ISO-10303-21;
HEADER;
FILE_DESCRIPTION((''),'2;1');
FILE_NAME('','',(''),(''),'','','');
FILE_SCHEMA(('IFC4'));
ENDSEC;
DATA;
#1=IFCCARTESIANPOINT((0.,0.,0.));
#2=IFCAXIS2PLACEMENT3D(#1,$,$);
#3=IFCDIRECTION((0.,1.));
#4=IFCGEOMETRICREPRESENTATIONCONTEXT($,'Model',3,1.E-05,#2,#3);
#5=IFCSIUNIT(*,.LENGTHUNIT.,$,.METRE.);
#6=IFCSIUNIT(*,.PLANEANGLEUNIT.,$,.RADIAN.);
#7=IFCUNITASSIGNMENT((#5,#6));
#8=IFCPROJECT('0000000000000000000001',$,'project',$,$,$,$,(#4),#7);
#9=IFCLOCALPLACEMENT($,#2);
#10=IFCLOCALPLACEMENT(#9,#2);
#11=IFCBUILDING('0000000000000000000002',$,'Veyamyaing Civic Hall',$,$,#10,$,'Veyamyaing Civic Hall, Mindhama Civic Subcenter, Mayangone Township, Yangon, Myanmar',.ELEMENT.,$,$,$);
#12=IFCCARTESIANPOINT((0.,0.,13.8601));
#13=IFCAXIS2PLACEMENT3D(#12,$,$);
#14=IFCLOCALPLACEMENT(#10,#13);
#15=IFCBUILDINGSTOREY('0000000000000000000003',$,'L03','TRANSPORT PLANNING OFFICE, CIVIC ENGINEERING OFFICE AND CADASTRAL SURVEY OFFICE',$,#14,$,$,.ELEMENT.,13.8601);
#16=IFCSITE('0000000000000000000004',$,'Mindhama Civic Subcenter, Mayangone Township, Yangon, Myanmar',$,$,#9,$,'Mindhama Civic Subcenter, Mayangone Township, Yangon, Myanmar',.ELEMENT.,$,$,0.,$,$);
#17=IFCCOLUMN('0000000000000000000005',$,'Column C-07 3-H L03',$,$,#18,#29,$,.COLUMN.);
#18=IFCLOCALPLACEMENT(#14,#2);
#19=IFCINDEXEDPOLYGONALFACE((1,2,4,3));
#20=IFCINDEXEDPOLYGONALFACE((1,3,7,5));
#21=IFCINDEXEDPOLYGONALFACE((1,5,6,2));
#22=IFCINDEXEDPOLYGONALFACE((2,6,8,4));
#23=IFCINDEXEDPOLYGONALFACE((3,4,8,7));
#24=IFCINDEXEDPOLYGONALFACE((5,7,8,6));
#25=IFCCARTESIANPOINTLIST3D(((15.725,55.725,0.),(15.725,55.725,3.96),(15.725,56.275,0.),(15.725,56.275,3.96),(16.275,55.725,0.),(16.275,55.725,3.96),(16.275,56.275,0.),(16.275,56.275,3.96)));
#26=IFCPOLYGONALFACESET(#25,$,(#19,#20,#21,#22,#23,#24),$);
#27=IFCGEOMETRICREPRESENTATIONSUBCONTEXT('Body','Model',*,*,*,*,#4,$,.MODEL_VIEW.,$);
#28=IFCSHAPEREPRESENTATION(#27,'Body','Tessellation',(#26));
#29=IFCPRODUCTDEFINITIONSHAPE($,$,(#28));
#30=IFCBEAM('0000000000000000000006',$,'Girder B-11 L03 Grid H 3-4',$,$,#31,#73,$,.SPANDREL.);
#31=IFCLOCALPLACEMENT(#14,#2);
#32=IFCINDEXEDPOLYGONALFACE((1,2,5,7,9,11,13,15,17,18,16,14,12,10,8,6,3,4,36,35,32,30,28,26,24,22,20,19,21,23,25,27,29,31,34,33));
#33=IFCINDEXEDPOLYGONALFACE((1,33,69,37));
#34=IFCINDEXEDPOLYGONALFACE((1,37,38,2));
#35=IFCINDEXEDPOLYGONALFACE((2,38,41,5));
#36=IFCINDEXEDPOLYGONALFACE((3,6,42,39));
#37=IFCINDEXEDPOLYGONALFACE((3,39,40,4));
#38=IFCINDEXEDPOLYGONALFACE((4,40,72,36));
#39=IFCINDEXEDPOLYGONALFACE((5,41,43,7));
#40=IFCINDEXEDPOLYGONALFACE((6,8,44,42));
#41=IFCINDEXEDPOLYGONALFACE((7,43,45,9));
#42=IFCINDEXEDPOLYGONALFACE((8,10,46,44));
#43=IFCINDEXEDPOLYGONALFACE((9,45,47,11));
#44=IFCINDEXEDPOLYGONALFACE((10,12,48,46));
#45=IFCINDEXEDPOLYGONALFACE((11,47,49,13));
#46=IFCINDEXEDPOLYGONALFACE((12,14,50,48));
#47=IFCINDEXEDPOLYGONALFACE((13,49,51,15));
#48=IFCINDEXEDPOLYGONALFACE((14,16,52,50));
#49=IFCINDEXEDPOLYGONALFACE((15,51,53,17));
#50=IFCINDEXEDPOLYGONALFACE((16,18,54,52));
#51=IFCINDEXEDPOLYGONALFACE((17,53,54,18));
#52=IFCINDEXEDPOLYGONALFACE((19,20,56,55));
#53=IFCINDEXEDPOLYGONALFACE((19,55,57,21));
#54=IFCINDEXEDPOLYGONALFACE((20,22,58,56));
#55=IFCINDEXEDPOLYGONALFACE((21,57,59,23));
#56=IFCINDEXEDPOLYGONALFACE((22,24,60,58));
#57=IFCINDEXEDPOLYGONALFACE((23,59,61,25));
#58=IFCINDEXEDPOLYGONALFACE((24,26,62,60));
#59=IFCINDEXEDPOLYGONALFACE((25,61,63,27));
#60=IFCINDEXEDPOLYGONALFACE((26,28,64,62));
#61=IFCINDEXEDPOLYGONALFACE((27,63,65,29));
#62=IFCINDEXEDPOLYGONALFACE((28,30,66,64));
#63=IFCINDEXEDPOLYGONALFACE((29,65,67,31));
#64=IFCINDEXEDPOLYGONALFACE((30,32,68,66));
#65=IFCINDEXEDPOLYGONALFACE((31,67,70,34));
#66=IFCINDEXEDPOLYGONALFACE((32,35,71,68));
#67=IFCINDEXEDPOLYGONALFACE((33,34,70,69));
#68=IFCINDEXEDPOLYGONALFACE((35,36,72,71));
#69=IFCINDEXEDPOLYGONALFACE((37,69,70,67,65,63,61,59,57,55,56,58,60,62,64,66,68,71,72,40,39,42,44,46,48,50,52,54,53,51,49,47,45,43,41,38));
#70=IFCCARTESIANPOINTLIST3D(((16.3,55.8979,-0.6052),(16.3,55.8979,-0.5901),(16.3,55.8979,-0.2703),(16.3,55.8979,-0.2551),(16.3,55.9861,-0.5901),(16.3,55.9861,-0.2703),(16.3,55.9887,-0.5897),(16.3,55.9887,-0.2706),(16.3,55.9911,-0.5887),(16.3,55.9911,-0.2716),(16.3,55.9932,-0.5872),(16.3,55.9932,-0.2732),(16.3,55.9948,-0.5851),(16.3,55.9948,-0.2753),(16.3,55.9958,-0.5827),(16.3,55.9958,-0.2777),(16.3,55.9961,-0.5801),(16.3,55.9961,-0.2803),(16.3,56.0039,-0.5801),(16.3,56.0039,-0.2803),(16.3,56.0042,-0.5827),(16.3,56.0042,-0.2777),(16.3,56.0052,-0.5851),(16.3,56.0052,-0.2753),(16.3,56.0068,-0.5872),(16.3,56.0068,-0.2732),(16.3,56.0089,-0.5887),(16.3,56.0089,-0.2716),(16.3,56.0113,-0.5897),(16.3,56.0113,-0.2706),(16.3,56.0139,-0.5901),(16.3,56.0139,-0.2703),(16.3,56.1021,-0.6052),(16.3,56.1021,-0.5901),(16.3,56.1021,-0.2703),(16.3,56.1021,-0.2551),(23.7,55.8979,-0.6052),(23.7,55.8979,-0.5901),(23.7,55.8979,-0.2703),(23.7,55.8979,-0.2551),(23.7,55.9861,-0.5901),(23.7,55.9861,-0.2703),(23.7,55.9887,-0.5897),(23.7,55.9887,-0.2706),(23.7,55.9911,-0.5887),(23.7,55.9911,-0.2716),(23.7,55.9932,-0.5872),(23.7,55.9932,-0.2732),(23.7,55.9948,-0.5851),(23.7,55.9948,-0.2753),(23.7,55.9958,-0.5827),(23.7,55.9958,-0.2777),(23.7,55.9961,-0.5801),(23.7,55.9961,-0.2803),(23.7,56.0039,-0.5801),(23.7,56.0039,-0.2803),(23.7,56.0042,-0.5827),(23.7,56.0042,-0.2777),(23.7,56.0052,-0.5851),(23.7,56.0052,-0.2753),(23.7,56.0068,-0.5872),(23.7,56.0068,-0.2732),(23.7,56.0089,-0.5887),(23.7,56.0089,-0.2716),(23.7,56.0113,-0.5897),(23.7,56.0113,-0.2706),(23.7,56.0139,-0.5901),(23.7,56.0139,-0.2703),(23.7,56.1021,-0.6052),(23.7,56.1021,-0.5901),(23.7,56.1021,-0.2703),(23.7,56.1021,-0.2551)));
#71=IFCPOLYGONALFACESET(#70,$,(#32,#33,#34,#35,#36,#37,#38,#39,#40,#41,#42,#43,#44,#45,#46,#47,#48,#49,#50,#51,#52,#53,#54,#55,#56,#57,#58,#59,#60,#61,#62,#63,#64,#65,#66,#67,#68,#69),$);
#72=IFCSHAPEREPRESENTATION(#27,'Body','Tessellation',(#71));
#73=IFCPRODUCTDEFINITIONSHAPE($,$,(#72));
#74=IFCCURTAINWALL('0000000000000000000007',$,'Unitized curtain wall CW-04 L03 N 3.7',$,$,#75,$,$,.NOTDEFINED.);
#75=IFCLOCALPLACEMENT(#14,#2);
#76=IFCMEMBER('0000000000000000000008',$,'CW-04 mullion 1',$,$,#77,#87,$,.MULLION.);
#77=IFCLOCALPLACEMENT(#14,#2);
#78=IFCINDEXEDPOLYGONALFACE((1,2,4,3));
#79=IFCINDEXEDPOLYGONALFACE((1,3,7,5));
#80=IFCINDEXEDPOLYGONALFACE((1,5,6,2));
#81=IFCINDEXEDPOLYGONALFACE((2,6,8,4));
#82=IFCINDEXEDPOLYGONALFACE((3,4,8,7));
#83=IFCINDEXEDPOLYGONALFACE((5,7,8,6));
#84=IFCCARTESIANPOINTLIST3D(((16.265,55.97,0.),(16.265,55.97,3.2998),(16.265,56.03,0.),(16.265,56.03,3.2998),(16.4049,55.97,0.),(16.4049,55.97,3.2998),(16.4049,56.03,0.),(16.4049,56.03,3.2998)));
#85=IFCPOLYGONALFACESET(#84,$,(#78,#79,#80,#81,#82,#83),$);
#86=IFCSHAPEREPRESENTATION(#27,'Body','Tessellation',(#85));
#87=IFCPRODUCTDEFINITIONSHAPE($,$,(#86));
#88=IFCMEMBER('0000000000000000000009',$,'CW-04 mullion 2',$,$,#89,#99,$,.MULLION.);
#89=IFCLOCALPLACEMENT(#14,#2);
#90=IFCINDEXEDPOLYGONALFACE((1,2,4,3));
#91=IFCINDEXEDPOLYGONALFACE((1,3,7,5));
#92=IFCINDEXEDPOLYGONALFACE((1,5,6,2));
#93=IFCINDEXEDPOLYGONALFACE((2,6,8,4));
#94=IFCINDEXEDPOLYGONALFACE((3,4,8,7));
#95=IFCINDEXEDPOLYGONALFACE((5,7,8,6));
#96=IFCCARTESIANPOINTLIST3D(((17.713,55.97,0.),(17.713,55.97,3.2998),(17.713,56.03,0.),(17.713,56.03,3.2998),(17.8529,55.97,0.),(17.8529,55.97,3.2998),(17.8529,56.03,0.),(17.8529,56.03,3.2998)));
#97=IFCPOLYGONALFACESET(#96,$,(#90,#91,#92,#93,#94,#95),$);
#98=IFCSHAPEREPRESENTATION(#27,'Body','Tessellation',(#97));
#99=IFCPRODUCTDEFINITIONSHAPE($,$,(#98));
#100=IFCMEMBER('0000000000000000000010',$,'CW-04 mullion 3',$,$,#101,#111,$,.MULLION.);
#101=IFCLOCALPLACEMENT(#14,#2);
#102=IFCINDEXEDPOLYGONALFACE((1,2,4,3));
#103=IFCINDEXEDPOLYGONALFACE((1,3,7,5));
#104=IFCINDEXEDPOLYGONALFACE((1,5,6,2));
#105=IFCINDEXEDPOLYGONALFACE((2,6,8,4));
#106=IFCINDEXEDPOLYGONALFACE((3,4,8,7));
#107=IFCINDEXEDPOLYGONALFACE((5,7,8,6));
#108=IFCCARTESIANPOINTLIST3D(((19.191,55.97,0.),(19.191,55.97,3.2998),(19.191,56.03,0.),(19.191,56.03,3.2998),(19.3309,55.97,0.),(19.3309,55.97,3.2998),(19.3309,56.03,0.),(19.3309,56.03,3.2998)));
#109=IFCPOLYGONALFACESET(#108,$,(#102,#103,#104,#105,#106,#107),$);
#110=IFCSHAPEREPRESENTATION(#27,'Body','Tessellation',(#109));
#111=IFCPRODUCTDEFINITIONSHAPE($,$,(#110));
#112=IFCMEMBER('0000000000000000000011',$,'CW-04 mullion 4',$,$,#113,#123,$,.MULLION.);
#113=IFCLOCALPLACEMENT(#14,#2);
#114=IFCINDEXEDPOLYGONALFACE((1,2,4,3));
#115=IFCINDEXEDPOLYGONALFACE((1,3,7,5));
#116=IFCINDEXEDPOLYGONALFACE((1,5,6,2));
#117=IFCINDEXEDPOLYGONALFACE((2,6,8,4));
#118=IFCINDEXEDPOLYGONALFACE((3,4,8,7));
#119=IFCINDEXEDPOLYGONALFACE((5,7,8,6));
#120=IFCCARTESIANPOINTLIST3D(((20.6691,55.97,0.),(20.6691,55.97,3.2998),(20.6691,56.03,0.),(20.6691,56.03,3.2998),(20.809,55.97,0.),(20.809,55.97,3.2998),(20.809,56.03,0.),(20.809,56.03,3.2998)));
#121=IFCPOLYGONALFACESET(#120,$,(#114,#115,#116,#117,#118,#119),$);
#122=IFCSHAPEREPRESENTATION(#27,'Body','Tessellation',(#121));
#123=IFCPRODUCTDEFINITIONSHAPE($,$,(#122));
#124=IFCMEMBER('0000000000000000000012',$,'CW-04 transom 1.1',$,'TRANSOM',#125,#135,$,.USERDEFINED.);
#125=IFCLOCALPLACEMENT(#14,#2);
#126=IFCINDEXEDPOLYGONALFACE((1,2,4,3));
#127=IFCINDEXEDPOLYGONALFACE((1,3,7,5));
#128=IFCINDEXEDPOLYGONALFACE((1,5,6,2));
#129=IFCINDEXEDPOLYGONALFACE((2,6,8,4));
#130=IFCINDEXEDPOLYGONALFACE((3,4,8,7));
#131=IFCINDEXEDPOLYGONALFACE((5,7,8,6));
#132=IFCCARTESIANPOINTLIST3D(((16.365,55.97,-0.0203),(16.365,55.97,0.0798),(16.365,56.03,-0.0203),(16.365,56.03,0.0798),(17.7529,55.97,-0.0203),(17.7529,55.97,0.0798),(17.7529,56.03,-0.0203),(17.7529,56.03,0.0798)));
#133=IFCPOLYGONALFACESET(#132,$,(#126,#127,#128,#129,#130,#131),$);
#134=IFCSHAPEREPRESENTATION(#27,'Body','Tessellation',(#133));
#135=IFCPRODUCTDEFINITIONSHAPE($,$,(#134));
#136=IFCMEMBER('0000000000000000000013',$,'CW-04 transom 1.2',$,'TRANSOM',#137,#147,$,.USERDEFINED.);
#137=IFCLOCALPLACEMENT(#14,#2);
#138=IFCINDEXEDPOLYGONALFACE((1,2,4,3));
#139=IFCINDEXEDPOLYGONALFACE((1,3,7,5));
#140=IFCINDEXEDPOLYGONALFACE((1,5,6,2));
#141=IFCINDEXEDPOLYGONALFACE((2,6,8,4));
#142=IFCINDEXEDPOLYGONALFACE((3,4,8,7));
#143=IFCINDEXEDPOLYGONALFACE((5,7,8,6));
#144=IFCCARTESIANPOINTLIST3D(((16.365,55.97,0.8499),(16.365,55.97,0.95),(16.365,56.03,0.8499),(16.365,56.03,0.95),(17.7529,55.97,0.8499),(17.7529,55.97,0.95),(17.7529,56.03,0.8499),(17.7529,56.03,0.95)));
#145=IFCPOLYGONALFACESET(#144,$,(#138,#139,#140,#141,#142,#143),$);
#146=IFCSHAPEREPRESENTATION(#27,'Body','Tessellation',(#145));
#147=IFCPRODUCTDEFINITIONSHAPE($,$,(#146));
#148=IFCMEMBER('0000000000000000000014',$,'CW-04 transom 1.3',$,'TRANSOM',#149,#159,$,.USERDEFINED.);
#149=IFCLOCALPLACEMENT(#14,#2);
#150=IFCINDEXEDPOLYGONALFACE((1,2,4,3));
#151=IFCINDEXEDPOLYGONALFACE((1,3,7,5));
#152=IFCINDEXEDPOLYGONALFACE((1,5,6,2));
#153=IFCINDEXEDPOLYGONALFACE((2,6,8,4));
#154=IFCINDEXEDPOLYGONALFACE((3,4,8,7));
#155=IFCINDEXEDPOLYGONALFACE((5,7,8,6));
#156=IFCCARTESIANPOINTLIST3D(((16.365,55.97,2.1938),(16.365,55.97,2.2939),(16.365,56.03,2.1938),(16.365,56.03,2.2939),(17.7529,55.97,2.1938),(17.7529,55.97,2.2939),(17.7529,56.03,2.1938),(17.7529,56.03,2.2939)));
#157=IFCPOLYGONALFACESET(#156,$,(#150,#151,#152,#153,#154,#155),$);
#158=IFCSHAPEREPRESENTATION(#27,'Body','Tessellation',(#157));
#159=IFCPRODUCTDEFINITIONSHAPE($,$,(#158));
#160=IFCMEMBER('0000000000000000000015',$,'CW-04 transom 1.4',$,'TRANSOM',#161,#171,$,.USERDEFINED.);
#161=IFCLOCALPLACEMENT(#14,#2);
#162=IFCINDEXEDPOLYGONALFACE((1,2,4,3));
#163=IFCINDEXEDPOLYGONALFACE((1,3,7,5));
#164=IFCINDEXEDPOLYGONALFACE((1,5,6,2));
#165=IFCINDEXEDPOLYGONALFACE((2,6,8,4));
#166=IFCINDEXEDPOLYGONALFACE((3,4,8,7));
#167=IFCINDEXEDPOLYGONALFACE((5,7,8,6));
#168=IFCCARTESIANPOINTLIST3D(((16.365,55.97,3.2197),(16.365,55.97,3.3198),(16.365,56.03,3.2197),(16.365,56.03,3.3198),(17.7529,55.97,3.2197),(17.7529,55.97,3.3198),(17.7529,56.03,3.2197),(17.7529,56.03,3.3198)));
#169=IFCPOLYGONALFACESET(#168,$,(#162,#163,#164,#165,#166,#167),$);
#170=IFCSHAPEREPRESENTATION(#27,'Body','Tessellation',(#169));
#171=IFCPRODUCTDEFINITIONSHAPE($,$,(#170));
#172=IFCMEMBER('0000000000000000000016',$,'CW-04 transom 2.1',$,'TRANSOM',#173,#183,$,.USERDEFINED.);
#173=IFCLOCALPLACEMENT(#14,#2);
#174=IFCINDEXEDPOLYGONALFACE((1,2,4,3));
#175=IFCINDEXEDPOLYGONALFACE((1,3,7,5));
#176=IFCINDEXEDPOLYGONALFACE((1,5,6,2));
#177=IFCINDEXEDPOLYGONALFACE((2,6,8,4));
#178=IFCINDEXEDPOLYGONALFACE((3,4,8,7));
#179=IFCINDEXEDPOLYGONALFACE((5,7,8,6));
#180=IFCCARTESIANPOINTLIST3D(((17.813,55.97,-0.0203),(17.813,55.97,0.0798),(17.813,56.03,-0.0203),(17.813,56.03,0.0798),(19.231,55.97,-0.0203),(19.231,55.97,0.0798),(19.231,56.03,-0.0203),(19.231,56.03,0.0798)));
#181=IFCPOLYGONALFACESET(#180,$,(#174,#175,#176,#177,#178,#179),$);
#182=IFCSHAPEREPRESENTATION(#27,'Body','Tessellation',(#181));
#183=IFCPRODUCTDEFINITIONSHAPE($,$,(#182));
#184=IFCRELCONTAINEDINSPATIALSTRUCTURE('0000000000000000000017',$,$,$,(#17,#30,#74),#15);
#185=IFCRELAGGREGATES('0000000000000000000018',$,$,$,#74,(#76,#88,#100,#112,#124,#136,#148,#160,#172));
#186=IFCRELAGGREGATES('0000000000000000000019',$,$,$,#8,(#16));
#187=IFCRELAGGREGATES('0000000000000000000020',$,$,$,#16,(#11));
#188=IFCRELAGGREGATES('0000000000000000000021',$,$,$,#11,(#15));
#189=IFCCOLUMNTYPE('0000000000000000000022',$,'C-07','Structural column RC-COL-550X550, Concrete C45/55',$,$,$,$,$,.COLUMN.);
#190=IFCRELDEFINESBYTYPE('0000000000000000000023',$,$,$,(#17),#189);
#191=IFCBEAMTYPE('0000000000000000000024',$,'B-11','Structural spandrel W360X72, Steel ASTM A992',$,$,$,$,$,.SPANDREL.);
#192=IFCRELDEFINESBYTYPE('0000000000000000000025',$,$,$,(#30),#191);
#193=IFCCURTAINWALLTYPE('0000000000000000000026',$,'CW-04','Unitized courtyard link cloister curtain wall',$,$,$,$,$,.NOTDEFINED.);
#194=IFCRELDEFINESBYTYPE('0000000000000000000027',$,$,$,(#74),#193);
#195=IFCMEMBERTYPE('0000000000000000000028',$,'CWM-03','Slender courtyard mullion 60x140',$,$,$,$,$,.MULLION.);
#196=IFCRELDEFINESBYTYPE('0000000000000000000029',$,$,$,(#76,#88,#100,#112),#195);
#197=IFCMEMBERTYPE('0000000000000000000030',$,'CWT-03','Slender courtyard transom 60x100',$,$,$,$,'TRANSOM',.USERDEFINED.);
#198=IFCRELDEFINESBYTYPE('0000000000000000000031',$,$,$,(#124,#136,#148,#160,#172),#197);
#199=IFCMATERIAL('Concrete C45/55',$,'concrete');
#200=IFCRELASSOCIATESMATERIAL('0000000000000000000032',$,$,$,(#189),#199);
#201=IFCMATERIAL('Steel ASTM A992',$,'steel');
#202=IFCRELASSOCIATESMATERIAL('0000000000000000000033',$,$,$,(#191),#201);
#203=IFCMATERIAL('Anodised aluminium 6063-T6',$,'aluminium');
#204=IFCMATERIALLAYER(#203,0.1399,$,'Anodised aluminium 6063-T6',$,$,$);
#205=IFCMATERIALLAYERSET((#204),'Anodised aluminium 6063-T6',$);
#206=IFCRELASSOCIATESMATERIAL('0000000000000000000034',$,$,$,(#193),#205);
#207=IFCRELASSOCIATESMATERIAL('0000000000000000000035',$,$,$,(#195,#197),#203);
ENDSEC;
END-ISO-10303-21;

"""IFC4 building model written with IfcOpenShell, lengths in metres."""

from ifc_helpers import new_model, si_unit, direction, frame, origin, origin_2d, place, context, subcontext, project, spatial, rectangle, i_section, extrude, material, layer, layer_set, material_profile, profile_set, type_object, element, aggregate, save


model = new_model("IFC4")

# Units and contexts
model_context = context("Model", 3, precision=1e-05, world=origin(), true_north=direction((0.0, 1.0)))
body_context = subcontext(model_context, "Body", "Model", "MODEL_VIEW")
ifc_project = project(units=[si_unit("LENGTHUNIT", "METRE"), si_unit("PLANEANGLEUNIT", "RADIAN")], contexts=[model_context])

# Site, building, storey
site_placement = place(None, origin())
site = spatial("IfcSite", under=ifc_project, at=site_placement, Name="Mindhama Civic Subcenter, Mayangone Township, Yangon, Myanmar", LongName="Mindhama Civic Subcenter, Mayangone Township, Yangon, Myanmar", CompositionType="ELEMENT", RefElevation=0.0)
building_placement = place(site_placement, origin())
building = spatial("IfcBuilding", under=site, at=building_placement, Name="Veyamyaing Civic Hall", LongName="Veyamyaing Civic Hall, Mindhama Civic Subcenter, Mayangone Township, Yangon, Myanmar", CompositionType="ELEMENT")
storey_placement = place(building_placement, frame((0.0, 0.0, 13.8601)))
storey = spatial("IfcBuildingStorey", under=building, at=storey_placement, Name="L03", Description="TRANSPORT PLANNING OFFICE, CIVIC ENGINEERING OFFICE AND CADASTRAL SURVEY OFFICE", CompositionType="ELEMENT", Elevation=13.8601)

# Column
ifc_material_1 = material(Name="Concrete C45/55", Category="concrete")
ifc_material_profile_1 = material_profile(ifc_material_1, rectangle(XDim=0.55, YDim=0.55, at=origin_2d()), Name="RC-COL-550X550")
ifc_profile_set_1 = profile_set([ifc_material_profile_1], Name="Concrete C45/55")
column_type = type_object("IfcColumnType", Name="C-07", Description="Structural column RC-COL-550X550, Concrete C45/55", PredefinedType="COLUMN", material=ifc_profile_set_1)
column_placement = place(storey_placement, frame((16.0, 56.0, 0.0), z_axis=(0.0, 0.0, 1.0), x_axis=(1.0, 0.0, 0.0)))
element("IfcColumn", 1, at=column_placement, inside=storey, type_object=column_type, Name="Column C-07 3-H L03", PredefinedType="COLUMN", context=body_context, shape_type="SweptSolid", body=[
    extrude(rectangle(XDim=0.55, YDim=0.55, at=origin_2d()), origin(), (0.0, 0.0, 1.0), 3.96),
])

# Beam
ifc_material_2 = material(Name="Steel ASTM A992", Category="steel")
ifc_material_profile_2 = material_profile(ifc_material_2, i_section(OverallWidth=0.2041, OverallDepth=0.3501, WebThickness=0.0078, FlangeThickness=0.0151, FilletRadius=0.01, at=origin_2d()), Name="W360X72")
ifc_profile_set_2 = profile_set([ifc_material_profile_2], Name="Steel ASTM A992")
beam_type_1 = type_object("IfcBeamType", Name="B-11", Description="Structural spandrel W360X72, Steel ASTM A992", PredefinedType="SPANDREL", material=ifc_profile_set_2)
beam_placement = place(storey_placement, frame((16.3, 56.0, -0.4302), z_axis=(1.0, 0.0, 0.0), x_axis=(0.0, 1.0, 0.0)))
element("IfcBeam", 2, at=beam_placement, inside=storey, type_object=beam_type_1, Name="Girder B-11 L03 Grid H 3-4", PredefinedType="SPANDREL", context=body_context, shape_type="SweptSolid", body=[
    extrude(i_section(OverallWidth=0.2041, OverallDepth=0.3501, WebThickness=0.0078, FlangeThickness=0.0151, FilletRadius=0.01, at=origin_2d()), origin(), (0.0, 0.0, 1.0), 7.3999),
])

# Curtain wall, members
ifc_material_3 = material(Name="Anodised aluminium 6063-T6", Category="aluminium")
ifc_layer_1 = layer(ifc_material_3, 0.1399, Name="Anodised aluminium 6063-T6")
ifc_layer_set_1 = layer_set([ifc_layer_1], Name="Anodised aluminium 6063-T6")
curtain_wall_type = type_object("IfcCurtainWallType", Name="CW-04", Description="Unitized courtyard link cloister curtain wall", PredefinedType="NOTDEFINED", material=ifc_layer_set_1)
curtain_wall_placement = place(storey_placement, origin())
curtain_wall = element("IfcCurtainWall", 3, at=curtain_wall_placement, inside=storey, type_object=curtain_wall_type, Name="Unitized curtain wall CW-04 L03 N 3.7", PredefinedType="NOTDEFINED")
ifc_material_profile_3 = material_profile(ifc_material_3, rectangle(XDim=0.0601, YDim=0.1399, at=origin_2d()), Name="ALU-MUL-60X140")
ifc_profile_set_3 = profile_set([ifc_material_profile_3], Name="Anodised aluminium 6063-T6")
member_type_1 = type_object("IfcMemberType", Name="CWM-03", Description="Slender courtyard mullion 60x140", PredefinedType="MULLION", material=ifc_profile_set_3)
member_1_placement = place(storey_placement, frame((16.335, 56.0, 0.0), z_axis=(0.0, 0.0, 1.0), x_axis=(0.0, 1.0, 0.0)))
member_1 = element("IfcMember", 4, at=member_1_placement, type_object=member_type_1, Name="CW-04 mullion 1", PredefinedType="MULLION", context=body_context, shape_type="SweptSolid", body=[
    extrude(rectangle(XDim=0.0601, YDim=0.1399, at=origin_2d()), origin(), (0.0, 0.0, 1.0), 3.2998),
])
member_2_placement = place(storey_placement, frame((17.783, 56.0, 0.0), z_axis=(0.0, 0.0, 1.0), x_axis=(0.0, 1.0, 0.0)))
member_2 = element("IfcMember", 5, at=member_2_placement, type_object=member_type_1, Name="CW-04 mullion 2", PredefinedType="MULLION", context=body_context, shape_type="SweptSolid", body=[
    extrude(rectangle(XDim=0.0601, YDim=0.1399, at=origin_2d()), origin(), (0.0, 0.0, 1.0), 3.2998),
])
member_3_placement = place(storey_placement, frame((19.261, 56.0, 0.0), z_axis=(0.0, 0.0, 1.0), x_axis=(0.0, 1.0, 0.0)))
member_3 = element("IfcMember", 6, at=member_3_placement, type_object=member_type_1, Name="CW-04 mullion 3", PredefinedType="MULLION", context=body_context, shape_type="SweptSolid", body=[
    extrude(rectangle(XDim=0.0601, YDim=0.1399, at=origin_2d()), origin(), (0.0, 0.0, 1.0), 3.2998),
])
member_4_placement = place(storey_placement, frame((20.739, 56.0, 0.0), z_axis=(0.0, 0.0, 1.0), x_axis=(0.0, 1.0, 0.0)))
member_4 = element("IfcMember", 7, at=member_4_placement, type_object=member_type_1, Name="CW-04 mullion 4", PredefinedType="MULLION", context=body_context, shape_type="SweptSolid", body=[
    extrude(rectangle(XDim=0.0601, YDim=0.1399, at=origin_2d()), origin(), (0.0, 0.0, 1.0), 3.2998),
])
ifc_material_profile_4 = material_profile(ifc_material_3, rectangle(XDim=0.0601, YDim=0.1001, at=origin_2d()), Name="ALU-TRN-60X100")
ifc_profile_set_4 = profile_set([ifc_material_profile_4], Name="Anodised aluminium 6063-T6")
member_type_2 = type_object("IfcMemberType", Name="CWT-03", Description="Slender courtyard transom 60x100", ElementType="TRANSOM", PredefinedType="USERDEFINED", material=ifc_profile_set_4)
member_5_placement = place(storey_placement, frame((16.365, 56.0, 0.0298), z_axis=(1.0, 0.0, 0.0), x_axis=(0.0, 1.0, 0.0)))
member_5 = element("IfcMember", 8, at=member_5_placement, type_object=member_type_2, Name="CW-04 transom 1.1", ObjectType="TRANSOM", PredefinedType="USERDEFINED", context=body_context, shape_type="SweptSolid", body=[
    extrude(rectangle(XDim=0.0601, YDim=0.1001, at=origin_2d()), origin(), (0.0, 0.0, 1.0), 1.3879),
])
member_6_placement = place(storey_placement, frame((16.365, 56.0, 0.8999), z_axis=(1.0, 0.0, 0.0), x_axis=(0.0, 1.0, 0.0)))
member_6 = element("IfcMember", 9, at=member_6_placement, type_object=member_type_2, Name="CW-04 transom 1.2", ObjectType="TRANSOM", PredefinedType="USERDEFINED", context=body_context, shape_type="SweptSolid", body=[
    extrude(rectangle(XDim=0.0601, YDim=0.1001, at=origin_2d()), origin(), (0.0, 0.0, 1.0), 1.3879),
])
member_7_placement = place(storey_placement, frame((16.365, 56.0, 2.2439), z_axis=(1.0, 0.0, 0.0), x_axis=(0.0, 1.0, 0.0)))
member_7 = element("IfcMember", 10, at=member_7_placement, type_object=member_type_2, Name="CW-04 transom 1.3", ObjectType="TRANSOM", PredefinedType="USERDEFINED", context=body_context, shape_type="SweptSolid", body=[
    extrude(rectangle(XDim=0.0601, YDim=0.1001, at=origin_2d()), origin(), (0.0, 0.0, 1.0), 1.3879),
])
member_8_placement = place(storey_placement, frame((16.365, 56.0, 3.2698), z_axis=(1.0, 0.0, 0.0), x_axis=(0.0, 1.0, 0.0)))
member_8 = element("IfcMember", 11, at=member_8_placement, type_object=member_type_2, Name="CW-04 transom 1.4", ObjectType="TRANSOM", PredefinedType="USERDEFINED", context=body_context, shape_type="SweptSolid", body=[
    extrude(rectangle(XDim=0.0601, YDim=0.1001, at=origin_2d()), origin(), (0.0, 0.0, 1.0), 1.3879),
])
member_9_placement = place(storey_placement, frame((17.813, 56.0, 0.0298), z_axis=(1.0, 0.0, 0.0), x_axis=(0.0, 1.0, 0.0)))
member_9 = element("IfcMember", 12, at=member_9_placement, type_object=member_type_2, Name="CW-04 transom 2.1", ObjectType="TRANSOM", PredefinedType="USERDEFINED", context=body_context, shape_type="SweptSolid", body=[
    extrude(rectangle(XDim=0.0601, YDim=0.1001, at=origin_2d()), origin(), (0.0, 0.0, 1.0), 1.418),
])

aggregate(curtain_wall, [member_1, member_2, member_3, member_4, member_5, member_6, member_7, member_8, member_9])

save(model, "model.ifc")
